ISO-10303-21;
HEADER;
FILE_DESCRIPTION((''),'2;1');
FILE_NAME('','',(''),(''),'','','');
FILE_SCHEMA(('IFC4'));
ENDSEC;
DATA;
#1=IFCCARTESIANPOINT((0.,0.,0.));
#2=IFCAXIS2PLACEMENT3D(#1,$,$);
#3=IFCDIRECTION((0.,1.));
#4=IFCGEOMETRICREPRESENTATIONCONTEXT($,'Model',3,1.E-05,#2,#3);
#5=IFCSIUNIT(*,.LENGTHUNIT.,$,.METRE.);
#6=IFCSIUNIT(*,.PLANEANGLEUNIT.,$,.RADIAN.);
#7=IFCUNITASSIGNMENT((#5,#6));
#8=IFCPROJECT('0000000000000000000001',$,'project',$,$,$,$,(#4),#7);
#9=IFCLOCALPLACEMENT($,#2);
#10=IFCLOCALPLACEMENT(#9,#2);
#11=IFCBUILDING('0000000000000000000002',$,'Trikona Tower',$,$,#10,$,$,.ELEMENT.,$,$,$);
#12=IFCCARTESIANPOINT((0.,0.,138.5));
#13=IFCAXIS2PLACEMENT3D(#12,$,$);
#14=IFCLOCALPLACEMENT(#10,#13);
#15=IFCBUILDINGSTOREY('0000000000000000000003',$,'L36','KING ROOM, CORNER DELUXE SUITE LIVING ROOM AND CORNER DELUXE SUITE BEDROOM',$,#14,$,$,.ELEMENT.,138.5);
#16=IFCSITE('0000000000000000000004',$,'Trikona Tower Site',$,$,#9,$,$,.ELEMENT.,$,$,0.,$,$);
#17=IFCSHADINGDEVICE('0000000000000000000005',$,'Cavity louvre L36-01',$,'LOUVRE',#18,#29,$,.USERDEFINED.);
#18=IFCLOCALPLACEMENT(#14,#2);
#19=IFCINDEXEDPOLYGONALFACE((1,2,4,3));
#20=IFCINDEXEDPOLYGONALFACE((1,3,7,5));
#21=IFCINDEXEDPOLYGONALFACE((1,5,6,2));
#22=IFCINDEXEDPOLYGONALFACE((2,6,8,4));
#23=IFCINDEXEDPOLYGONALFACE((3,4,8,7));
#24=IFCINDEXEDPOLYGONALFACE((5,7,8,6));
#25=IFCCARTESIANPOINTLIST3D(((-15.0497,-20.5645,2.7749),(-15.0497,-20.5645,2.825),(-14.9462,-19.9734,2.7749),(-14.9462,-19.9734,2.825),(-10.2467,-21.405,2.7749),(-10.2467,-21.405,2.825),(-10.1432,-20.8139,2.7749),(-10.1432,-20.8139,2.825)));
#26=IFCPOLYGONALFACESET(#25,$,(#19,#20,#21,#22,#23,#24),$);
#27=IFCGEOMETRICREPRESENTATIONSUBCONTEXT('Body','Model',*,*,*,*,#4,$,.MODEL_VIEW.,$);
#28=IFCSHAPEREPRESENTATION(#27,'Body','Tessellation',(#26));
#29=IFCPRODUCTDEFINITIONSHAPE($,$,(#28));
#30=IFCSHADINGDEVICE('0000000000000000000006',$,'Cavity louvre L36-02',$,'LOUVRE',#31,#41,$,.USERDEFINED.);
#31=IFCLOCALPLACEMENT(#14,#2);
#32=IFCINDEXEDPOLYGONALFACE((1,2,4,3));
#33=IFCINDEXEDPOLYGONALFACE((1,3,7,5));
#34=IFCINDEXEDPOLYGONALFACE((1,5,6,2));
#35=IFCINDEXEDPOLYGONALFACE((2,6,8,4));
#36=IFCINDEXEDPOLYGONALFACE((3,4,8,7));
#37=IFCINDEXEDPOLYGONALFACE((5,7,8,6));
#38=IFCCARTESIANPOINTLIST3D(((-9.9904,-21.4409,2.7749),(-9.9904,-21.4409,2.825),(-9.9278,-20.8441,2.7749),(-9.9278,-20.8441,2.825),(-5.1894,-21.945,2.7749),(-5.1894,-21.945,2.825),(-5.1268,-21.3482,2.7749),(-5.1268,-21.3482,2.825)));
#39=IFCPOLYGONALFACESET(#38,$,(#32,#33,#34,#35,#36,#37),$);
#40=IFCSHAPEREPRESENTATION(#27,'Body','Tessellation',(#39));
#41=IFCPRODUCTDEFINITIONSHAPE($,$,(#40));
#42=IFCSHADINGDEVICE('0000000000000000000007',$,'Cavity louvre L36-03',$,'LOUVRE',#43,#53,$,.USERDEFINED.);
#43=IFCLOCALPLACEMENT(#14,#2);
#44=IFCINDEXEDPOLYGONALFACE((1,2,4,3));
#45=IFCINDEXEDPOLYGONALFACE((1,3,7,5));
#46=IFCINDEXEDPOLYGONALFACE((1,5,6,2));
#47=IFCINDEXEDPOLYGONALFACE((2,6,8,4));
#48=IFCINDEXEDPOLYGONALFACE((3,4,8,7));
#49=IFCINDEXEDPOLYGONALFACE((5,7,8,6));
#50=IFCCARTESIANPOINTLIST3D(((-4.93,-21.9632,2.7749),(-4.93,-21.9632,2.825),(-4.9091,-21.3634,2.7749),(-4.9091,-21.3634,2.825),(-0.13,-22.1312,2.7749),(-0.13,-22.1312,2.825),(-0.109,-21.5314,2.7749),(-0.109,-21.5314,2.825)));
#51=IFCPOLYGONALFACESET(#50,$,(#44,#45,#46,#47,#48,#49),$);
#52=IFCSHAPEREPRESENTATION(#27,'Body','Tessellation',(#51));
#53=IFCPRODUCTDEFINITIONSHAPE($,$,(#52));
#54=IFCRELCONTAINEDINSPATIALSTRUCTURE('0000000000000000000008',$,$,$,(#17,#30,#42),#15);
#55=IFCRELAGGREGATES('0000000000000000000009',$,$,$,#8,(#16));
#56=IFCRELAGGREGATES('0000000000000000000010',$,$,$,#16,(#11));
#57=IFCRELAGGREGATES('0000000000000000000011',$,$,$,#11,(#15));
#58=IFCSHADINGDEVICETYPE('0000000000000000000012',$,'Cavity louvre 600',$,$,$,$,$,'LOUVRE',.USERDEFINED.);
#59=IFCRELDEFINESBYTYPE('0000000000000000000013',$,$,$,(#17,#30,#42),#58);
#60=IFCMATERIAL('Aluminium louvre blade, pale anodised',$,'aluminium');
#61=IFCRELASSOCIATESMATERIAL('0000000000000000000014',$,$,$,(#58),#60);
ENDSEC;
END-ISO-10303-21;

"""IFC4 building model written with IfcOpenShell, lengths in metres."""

from ifc_helpers import new_model, si_unit, direction, frame, origin, origin_2d, place, context, subcontext, project, spatial, rectangle, extrude, material, type_object, element, save


model = new_model("IFC4")

# Units and contexts
model_context = context("Model", 3, precision=1e-05, world=origin(), true_north=direction((0.0, 1.0)))
body_context = subcontext(model_context, "Body", "Model", "MODEL_VIEW")
ifc_project = project(units=[si_unit("LENGTHUNIT", "METRE"), si_unit("PLANEANGLEUNIT", "RADIAN")], contexts=[model_context])

# Site, building, storey
site_placement = place(None, origin())
site = spatial("IfcSite", under=ifc_project, at=site_placement, Name="Trikona Tower Site", CompositionType="ELEMENT", RefElevation=0.0)
building_placement = place(site_placement, origin())
building = spatial("IfcBuilding", under=site, at=building_placement, Name="Trikona Tower", CompositionType="ELEMENT")
storey_placement = place(building_placement, frame((0.0, 0.0, 138.5)))
storey = spatial("IfcBuildingStorey", under=building, at=storey_placement, Name="L36", Description="KING ROOM, CORNER DELUXE SUITE LIVING ROOM AND CORNER DELUXE SUITE BEDROOM", CompositionType="ELEMENT", Elevation=138.5)

# Shading devices
ifc_material_1 = material(Name="Aluminium louvre blade, pale anodised", Category="aluminium")
shading_device_type = type_object("IfcShadingDeviceType", Name="Cavity louvre 600", ElementType="LOUVRE", PredefinedType="USERDEFINED", material=ifc_material_1)
shading_device_1_placement = place(storey_placement, frame((-12.5964, -20.6892, 2.7749), z_axis=(0.0, 0.0, 1.0), x_axis=(0.985031, -0.17238, 0.0)))
element("IfcShadingDevice", 1, at=shading_device_1_placement, inside=storey, type_object=shading_device_type, Name="Cavity louvre L36-01", ObjectType="LOUVRE", PredefinedType="USERDEFINED", context=body_context, shape_type="SweptSolid", body=[
    extrude(rectangle(XDim=4.876, YDim=0.6001, at=origin_2d()), origin(), (0.0, 0.0, 1.0), 0.05),
])
shading_device_2_placement = place(storey_placement, frame((-7.5586, -21.3945, 2.7749), z_axis=(0.0, 0.0, 1.0), x_axis=(0.994533, -0.104426, 0.0)))
element("IfcShadingDevice", 2, at=shading_device_2_placement, inside=storey, type_object=shading_device_type, Name="Cavity louvre L36-02", ObjectType="LOUVRE", PredefinedType="USERDEFINED", context=body_context, shape_type="SweptSolid", body=[
    extrude(rectangle(XDim=4.8274, YDim=0.6001, at=origin_2d()), origin(), (0.0, 0.0, 1.0), 0.05),
])
shading_device_3_placement = place(storey_placement, frame((-2.5195, -21.7473, 2.7749), z_axis=(0.0, 0.0, 1.0), x_axis=(0.999388, -0.034978, 0.0)))
element("IfcShadingDevice", 3, at=shading_device_3_placement, inside=storey, type_object=shading_device_type, Name="Cavity louvre L36-03", ObjectType="LOUVRE", PredefinedType="USERDEFINED", context=body_context, shape_type="SweptSolid", body=[
    extrude(rectangle(XDim=4.803, YDim=0.6001, at=origin_2d()), origin(), (0.0, 0.0, 1.0), 0.05),
])

save(model, "model.ifc")
